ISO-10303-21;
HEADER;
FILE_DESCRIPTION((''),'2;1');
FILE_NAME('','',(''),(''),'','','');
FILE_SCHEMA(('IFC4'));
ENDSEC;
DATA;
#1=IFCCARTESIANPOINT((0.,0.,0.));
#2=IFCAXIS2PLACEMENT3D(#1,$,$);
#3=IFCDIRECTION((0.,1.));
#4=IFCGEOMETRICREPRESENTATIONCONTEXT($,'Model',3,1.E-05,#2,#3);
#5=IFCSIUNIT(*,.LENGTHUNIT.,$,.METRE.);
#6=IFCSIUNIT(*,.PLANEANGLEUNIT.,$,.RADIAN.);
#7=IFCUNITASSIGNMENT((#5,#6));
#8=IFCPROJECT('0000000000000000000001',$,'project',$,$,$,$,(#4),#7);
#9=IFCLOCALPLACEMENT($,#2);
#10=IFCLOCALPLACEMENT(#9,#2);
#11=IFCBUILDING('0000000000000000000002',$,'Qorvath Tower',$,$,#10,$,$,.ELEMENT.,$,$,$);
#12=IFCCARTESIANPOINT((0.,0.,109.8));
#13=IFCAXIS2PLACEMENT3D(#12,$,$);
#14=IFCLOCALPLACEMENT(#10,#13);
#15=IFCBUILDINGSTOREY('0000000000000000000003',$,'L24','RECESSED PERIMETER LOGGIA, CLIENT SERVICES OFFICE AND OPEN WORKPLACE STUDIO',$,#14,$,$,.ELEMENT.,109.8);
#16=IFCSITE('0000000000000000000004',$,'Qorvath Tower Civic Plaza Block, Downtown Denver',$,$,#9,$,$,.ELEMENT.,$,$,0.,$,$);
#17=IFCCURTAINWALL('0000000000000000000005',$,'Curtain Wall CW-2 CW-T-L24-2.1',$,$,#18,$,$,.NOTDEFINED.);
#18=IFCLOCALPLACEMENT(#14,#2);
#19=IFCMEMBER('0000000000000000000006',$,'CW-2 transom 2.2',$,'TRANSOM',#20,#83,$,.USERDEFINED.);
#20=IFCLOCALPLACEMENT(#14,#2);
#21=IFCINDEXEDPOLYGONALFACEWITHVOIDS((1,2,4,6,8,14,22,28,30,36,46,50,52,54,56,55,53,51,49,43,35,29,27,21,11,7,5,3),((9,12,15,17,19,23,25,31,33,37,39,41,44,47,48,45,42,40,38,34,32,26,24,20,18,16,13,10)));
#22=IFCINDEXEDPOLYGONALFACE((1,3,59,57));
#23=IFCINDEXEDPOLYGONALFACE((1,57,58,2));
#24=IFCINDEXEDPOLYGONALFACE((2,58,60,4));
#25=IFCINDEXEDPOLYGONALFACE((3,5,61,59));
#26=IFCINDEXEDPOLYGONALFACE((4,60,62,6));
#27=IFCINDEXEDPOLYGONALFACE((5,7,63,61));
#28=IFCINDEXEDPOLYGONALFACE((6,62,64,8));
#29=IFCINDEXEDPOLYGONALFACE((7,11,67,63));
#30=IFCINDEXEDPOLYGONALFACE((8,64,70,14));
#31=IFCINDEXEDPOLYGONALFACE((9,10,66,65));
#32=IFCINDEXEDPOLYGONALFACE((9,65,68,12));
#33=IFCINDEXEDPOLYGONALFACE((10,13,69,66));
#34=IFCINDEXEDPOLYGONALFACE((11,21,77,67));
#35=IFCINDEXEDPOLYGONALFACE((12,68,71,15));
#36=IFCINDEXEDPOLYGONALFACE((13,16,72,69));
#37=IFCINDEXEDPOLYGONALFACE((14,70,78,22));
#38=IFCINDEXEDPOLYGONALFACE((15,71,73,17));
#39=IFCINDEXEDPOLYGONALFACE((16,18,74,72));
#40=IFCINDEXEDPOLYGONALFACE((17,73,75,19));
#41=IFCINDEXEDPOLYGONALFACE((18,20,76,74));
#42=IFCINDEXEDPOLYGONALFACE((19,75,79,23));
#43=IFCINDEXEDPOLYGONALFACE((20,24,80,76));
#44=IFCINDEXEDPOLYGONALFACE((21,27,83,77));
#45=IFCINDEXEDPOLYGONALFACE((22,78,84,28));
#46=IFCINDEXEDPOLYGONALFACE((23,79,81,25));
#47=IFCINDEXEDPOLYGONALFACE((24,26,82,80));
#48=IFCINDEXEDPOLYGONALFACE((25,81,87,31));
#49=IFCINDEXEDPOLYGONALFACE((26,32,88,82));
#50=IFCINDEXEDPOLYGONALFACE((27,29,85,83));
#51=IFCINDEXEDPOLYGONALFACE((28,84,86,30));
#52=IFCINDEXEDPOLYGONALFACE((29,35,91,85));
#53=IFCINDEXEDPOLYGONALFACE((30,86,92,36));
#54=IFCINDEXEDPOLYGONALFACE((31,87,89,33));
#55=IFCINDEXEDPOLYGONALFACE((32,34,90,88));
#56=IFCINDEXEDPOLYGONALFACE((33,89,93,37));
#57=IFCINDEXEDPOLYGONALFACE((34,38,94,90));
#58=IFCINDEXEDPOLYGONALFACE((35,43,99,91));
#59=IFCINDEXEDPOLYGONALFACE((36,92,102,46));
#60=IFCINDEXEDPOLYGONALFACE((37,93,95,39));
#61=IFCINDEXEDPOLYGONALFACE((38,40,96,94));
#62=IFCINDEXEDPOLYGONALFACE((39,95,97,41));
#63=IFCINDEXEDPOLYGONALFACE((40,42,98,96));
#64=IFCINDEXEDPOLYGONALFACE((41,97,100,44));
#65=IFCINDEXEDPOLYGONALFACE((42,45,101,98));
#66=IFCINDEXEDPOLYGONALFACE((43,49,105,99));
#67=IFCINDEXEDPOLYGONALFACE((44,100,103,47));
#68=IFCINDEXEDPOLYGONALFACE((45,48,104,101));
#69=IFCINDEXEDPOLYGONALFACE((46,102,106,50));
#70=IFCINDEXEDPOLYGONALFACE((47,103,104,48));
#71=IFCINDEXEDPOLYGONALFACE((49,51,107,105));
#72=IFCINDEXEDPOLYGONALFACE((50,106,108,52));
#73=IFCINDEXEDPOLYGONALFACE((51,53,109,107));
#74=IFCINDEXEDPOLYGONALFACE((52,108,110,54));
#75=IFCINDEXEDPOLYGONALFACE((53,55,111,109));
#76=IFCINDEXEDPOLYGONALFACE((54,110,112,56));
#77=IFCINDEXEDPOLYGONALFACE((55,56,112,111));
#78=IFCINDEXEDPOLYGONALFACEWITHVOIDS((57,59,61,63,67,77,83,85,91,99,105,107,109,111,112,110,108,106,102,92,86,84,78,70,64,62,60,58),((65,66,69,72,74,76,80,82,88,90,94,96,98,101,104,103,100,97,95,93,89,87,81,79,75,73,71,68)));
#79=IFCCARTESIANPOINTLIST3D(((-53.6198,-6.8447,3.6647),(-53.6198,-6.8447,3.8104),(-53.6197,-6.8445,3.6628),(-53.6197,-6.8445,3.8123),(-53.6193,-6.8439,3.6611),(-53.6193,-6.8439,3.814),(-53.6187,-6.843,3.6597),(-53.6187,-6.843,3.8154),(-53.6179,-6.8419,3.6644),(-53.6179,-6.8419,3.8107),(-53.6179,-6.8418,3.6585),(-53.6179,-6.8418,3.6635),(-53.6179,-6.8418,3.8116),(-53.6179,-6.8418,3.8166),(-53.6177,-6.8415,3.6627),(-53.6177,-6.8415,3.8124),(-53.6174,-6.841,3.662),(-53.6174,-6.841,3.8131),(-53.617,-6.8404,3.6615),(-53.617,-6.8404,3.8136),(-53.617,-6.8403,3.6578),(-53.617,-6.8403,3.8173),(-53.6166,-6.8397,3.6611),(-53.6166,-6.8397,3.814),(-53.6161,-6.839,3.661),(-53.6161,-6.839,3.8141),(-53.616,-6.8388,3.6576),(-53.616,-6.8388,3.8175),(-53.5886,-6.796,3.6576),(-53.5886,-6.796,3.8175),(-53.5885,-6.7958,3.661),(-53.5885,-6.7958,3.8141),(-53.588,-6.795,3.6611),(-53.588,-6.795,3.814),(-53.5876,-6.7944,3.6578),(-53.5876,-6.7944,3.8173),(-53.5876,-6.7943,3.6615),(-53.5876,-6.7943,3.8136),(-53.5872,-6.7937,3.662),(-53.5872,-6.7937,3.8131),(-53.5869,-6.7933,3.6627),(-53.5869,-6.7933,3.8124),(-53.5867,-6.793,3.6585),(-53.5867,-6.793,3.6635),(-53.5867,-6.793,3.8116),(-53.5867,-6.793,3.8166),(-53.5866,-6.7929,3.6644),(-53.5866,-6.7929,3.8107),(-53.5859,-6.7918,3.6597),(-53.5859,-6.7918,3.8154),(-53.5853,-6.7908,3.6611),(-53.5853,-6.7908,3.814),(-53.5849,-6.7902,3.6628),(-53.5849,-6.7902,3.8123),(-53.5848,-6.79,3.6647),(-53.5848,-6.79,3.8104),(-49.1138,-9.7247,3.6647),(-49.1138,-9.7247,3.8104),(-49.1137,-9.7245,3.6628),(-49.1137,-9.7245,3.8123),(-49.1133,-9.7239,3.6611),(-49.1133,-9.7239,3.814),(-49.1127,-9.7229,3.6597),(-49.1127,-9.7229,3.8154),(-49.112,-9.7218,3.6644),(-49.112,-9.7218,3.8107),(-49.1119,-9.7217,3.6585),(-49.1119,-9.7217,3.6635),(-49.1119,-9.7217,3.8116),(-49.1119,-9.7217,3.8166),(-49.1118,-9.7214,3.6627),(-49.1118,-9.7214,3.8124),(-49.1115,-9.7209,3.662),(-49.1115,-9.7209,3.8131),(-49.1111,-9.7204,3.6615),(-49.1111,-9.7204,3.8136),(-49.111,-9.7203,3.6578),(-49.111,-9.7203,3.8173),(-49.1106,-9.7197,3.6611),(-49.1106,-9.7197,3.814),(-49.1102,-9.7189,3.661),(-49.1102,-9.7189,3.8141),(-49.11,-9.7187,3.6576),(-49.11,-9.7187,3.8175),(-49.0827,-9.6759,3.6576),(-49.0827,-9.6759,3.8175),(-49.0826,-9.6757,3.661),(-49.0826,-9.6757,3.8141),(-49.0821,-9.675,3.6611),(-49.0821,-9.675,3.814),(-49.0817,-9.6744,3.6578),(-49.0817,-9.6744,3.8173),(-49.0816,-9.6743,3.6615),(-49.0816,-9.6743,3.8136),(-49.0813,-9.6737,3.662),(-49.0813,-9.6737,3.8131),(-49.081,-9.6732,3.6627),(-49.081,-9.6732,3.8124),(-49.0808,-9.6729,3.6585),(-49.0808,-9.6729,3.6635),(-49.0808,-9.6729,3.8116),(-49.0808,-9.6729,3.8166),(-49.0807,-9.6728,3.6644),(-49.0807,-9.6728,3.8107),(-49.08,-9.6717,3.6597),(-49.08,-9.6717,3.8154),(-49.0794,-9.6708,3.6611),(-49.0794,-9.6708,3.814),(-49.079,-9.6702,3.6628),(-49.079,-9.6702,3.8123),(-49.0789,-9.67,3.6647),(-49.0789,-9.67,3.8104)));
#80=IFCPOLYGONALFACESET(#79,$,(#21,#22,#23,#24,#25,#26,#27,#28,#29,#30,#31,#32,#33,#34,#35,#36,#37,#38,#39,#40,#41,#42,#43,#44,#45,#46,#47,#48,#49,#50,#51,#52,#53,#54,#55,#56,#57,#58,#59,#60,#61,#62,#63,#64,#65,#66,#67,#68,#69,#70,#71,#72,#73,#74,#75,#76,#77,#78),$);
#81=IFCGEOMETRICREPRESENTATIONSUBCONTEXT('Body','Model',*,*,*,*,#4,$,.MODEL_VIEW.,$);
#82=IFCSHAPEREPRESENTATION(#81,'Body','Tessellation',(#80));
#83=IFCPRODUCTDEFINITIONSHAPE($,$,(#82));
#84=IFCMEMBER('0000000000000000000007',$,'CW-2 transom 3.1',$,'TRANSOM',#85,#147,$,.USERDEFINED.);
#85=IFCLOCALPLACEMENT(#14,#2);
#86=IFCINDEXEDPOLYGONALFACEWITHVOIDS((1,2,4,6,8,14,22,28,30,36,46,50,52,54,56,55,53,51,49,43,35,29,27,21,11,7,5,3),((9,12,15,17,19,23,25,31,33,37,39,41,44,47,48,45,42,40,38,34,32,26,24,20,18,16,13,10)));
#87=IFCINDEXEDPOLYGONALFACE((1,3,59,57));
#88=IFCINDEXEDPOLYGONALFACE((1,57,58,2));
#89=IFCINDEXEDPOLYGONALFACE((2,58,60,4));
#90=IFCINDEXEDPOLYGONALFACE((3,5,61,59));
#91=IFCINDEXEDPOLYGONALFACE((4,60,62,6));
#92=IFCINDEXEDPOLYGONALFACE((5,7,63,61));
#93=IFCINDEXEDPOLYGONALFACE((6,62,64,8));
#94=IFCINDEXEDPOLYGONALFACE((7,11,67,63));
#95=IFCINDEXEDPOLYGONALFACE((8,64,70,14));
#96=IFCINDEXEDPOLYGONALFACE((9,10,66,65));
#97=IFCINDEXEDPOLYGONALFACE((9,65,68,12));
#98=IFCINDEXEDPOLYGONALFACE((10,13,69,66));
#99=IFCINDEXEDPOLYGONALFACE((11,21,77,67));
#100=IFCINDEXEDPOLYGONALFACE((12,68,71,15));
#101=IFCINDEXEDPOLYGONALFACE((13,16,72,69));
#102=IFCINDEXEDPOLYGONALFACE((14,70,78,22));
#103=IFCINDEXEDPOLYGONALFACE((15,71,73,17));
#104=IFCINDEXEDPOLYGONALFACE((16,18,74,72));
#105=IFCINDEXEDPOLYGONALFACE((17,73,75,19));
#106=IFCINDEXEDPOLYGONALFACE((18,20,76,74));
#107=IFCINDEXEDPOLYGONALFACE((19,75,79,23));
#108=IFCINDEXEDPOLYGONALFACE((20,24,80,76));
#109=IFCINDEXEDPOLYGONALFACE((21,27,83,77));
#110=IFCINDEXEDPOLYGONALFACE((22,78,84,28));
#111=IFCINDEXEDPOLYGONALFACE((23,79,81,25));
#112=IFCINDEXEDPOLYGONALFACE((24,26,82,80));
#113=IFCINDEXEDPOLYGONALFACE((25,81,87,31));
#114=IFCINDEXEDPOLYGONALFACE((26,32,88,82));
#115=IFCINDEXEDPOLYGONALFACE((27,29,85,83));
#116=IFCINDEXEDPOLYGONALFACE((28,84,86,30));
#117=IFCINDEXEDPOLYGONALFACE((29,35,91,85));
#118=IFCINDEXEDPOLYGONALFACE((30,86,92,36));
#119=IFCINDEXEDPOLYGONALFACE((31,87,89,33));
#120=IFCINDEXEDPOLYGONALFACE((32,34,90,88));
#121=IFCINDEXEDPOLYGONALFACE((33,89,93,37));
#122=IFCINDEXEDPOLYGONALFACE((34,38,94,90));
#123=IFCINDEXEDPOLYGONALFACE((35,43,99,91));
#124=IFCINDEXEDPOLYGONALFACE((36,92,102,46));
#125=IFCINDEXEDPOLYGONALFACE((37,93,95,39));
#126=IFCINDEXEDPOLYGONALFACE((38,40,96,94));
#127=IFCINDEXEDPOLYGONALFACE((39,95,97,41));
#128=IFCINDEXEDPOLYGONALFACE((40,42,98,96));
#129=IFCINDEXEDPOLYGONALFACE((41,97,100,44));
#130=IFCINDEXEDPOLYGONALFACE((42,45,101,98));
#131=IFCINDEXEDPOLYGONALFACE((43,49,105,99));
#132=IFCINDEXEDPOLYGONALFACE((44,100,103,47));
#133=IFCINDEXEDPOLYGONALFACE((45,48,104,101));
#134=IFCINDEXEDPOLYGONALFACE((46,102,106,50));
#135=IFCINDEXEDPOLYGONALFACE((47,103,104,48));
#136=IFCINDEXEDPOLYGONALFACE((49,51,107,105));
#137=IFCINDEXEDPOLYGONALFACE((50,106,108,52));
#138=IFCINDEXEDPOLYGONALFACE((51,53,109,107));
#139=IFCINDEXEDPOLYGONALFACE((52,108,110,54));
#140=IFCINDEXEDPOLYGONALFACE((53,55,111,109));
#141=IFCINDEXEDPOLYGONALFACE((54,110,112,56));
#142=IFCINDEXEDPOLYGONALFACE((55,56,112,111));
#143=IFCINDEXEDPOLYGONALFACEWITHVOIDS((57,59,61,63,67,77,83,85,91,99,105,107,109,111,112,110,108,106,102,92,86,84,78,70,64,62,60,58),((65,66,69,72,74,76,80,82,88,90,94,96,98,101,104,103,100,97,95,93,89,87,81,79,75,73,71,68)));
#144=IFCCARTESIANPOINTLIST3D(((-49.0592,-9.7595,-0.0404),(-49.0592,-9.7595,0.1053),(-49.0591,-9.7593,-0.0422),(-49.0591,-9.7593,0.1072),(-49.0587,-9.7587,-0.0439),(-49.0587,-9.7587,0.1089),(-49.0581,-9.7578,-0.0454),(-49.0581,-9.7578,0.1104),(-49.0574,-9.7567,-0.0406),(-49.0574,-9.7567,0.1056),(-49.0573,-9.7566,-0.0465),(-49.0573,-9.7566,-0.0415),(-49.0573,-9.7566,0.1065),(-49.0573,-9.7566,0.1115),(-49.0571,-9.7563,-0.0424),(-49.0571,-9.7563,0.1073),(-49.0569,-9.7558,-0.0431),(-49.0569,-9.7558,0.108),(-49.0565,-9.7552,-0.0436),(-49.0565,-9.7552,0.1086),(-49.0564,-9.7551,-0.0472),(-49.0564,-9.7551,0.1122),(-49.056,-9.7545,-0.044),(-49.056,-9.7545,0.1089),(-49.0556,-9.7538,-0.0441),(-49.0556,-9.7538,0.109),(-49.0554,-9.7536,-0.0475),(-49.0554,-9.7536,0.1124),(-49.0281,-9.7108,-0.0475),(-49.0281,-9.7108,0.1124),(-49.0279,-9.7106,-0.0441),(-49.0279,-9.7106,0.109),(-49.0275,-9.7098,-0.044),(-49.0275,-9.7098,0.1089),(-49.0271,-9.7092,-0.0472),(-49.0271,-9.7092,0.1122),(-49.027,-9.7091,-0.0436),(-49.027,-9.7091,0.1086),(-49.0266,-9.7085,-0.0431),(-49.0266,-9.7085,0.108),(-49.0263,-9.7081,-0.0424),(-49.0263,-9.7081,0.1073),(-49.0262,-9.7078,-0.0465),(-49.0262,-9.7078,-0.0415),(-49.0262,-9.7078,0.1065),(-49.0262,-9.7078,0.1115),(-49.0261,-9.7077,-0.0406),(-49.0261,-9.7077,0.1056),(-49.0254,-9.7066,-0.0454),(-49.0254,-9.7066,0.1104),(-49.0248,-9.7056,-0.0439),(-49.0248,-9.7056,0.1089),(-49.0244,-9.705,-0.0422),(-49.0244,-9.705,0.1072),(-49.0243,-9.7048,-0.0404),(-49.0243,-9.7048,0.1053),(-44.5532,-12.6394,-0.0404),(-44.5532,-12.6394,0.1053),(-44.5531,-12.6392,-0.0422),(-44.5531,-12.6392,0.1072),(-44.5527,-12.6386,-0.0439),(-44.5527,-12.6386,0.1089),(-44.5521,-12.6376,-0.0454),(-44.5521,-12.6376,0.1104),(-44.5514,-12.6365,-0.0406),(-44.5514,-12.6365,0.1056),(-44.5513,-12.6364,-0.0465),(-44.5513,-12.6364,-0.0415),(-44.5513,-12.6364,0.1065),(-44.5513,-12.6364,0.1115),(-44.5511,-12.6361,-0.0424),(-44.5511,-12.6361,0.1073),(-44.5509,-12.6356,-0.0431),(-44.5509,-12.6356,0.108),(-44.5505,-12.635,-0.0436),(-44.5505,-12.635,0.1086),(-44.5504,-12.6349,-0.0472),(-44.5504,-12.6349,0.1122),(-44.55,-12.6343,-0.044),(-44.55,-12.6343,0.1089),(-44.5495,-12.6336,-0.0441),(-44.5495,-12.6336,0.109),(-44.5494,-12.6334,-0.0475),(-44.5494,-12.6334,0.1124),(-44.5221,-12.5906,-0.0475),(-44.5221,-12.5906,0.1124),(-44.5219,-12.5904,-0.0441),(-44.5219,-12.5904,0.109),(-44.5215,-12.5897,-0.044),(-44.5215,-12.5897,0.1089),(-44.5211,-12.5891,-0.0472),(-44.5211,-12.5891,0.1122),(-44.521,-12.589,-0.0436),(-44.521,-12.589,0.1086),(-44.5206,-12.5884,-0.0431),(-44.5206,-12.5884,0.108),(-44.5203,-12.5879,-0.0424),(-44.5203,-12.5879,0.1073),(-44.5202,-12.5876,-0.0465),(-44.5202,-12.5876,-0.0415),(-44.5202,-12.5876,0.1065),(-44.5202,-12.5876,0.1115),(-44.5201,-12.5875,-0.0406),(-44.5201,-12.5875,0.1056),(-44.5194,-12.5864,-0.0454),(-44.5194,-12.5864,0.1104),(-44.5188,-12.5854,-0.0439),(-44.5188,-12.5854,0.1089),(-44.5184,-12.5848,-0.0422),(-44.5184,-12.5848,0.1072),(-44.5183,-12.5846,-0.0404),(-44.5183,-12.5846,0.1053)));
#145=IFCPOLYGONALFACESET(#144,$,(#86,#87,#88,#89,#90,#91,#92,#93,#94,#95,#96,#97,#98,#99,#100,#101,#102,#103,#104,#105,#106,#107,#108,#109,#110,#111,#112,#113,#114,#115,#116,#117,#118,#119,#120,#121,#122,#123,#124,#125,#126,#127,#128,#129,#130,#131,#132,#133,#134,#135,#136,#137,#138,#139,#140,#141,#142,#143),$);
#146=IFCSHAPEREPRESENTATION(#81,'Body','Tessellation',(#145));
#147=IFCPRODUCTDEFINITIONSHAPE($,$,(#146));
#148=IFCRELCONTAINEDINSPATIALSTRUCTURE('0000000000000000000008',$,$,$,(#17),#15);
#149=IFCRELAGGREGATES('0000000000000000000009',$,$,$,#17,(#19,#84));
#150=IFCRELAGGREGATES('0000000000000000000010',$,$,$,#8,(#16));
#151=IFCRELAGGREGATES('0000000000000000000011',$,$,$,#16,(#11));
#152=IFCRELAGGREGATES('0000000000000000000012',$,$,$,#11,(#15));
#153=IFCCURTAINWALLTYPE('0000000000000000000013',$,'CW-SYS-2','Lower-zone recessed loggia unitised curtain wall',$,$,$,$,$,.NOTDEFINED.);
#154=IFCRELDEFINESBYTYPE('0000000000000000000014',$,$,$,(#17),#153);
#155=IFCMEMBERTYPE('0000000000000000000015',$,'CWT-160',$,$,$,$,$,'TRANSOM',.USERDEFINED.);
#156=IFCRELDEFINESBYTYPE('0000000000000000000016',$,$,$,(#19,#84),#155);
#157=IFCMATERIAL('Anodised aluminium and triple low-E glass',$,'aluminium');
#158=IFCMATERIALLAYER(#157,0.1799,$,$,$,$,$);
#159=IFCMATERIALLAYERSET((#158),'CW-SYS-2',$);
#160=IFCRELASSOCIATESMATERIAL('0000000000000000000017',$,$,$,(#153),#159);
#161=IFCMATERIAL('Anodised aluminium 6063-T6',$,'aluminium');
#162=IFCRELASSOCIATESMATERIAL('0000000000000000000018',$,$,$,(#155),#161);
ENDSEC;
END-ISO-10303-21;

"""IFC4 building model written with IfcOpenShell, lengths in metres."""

from ifc_helpers import new_model, si_unit, direction, frame, origin, origin_2d, place, context, subcontext, project, spatial, hollow_rectangle, extrude, material, layer, layer_set, material_profile, profile_set, type_object, element, aggregate, save


model = new_model("IFC4")

# Units and contexts
model_context = context("Model", 3, precision=1e-05, world=origin(), true_north=direction((0.0, 1.0)))
body_context = subcontext(model_context, "Body", "Model", "MODEL_VIEW")
ifc_project = project(units=[si_unit("LENGTHUNIT", "METRE"), si_unit("PLANEANGLEUNIT", "RADIAN")], contexts=[model_context])

# Site, building, storey
site_placement = place(None, origin())
site = spatial("IfcSite", under=ifc_project, at=site_placement, Name="Qorvath Tower Civic Plaza Block, Downtown Denver", CompositionType="ELEMENT", RefElevation=0.0)
building_placement = place(site_placement, origin())
building = spatial("IfcBuilding", under=site, at=building_placement, Name="Qorvath Tower", CompositionType="ELEMENT")
storey_placement = place(building_placement, frame((0.0, 0.0, 109.8)))
storey = spatial("IfcBuildingStorey", under=building, at=storey_placement, Name="L24", Description="RECESSED PERIMETER LOGGIA, CLIENT SERVICES OFFICE AND OPEN WORKPLACE STUDIO", CompositionType="ELEMENT", Elevation=109.8)

# Curtain wall, members
ifc_material_1 = material(Name="Anodised aluminium and triple low-E glass", Category="aluminium")
ifc_layer_1 = layer(ifc_material_1, 0.1799)
ifc_layer_set_1 = layer_set([ifc_layer_1], Name="CW-SYS-2")
curtain_wall_type = type_object("IfcCurtainWallType", Name="CW-SYS-2", Description="Lower-zone recessed loggia unitised curtain wall", PredefinedType="NOTDEFINED", material=ifc_layer_set_1)
curtain_wall_placement = place(storey_placement, origin())
curtain_wall = element("IfcCurtainWall", 1, at=curtain_wall_placement, inside=storey, type_object=curtain_wall_type, Name="Curtain Wall CW-2 CW-T-L24-2.1", PredefinedType="NOTDEFINED")
ifc_material_2 = material(Name="Anodised aluminium 6063-T6", Category="aluminium")
ifc_material_profile_1 = material_profile(ifc_material_2, hollow_rectangle(XDim=0.0649, YDim=0.1599, WallThickness=0.0034, InnerFilletRadius=0.0034, OuterFilletRadius=0.0071, at=origin_2d()), Name="CWT 160x65")
ifc_profile_set_1 = profile_set([ifc_material_profile_1], Name="Anodised aluminium 6063-T6")
member_type_1 = type_object("IfcMemberType", Name="CWT-160", ElementType="TRANSOM", PredefinedType="USERDEFINED", material=ifc_profile_set_1)
member_1_placement = place(storey_placement, frame((-53.6023, -6.8174, 3.7375), z_axis=(0.8426, -0.538541, 0.0), x_axis=(0.538541, 0.8426, 0.0)))
member_1 = element("IfcMember", 2, at=member_1_placement, type_object=member_type_1, Name="CW-2 transom 2.2", ObjectType="TRANSOM", PredefinedType="USERDEFINED", context=body_context, shape_type="SweptSolid", body=[
    extrude(hollow_rectangle(XDim=0.0649, YDim=0.1599, WallThickness=0.0034, InnerFilletRadius=0.0034, OuterFilletRadius=0.0071, at=origin_2d()), origin(), (0.0, 0.0, 1.0), 5.3477),
])
member_2_placement = place(storey_placement, frame((-49.0417, -9.7322, 0.0325), z_axis=(0.842613, -0.53852, 0.0), x_axis=(0.53852, 0.842613, 0.0)))
member_2 = element("IfcMember", 3, at=member_2_placement, type_object=member_type_1, Name="CW-2 transom 3.1", ObjectType="TRANSOM", PredefinedType="USERDEFINED", context=body_context, shape_type="SweptSolid", body=[
    extrude(hollow_rectangle(XDim=0.0649, YDim=0.1599, WallThickness=0.0034, InnerFilletRadius=0.0034, OuterFilletRadius=0.0071, at=origin_2d()), origin(), (0.0, 0.0, 1.0), 5.3477),
])
aggregate(curtain_wall, [member_1, member_2])

save(model, "model.ifc")
